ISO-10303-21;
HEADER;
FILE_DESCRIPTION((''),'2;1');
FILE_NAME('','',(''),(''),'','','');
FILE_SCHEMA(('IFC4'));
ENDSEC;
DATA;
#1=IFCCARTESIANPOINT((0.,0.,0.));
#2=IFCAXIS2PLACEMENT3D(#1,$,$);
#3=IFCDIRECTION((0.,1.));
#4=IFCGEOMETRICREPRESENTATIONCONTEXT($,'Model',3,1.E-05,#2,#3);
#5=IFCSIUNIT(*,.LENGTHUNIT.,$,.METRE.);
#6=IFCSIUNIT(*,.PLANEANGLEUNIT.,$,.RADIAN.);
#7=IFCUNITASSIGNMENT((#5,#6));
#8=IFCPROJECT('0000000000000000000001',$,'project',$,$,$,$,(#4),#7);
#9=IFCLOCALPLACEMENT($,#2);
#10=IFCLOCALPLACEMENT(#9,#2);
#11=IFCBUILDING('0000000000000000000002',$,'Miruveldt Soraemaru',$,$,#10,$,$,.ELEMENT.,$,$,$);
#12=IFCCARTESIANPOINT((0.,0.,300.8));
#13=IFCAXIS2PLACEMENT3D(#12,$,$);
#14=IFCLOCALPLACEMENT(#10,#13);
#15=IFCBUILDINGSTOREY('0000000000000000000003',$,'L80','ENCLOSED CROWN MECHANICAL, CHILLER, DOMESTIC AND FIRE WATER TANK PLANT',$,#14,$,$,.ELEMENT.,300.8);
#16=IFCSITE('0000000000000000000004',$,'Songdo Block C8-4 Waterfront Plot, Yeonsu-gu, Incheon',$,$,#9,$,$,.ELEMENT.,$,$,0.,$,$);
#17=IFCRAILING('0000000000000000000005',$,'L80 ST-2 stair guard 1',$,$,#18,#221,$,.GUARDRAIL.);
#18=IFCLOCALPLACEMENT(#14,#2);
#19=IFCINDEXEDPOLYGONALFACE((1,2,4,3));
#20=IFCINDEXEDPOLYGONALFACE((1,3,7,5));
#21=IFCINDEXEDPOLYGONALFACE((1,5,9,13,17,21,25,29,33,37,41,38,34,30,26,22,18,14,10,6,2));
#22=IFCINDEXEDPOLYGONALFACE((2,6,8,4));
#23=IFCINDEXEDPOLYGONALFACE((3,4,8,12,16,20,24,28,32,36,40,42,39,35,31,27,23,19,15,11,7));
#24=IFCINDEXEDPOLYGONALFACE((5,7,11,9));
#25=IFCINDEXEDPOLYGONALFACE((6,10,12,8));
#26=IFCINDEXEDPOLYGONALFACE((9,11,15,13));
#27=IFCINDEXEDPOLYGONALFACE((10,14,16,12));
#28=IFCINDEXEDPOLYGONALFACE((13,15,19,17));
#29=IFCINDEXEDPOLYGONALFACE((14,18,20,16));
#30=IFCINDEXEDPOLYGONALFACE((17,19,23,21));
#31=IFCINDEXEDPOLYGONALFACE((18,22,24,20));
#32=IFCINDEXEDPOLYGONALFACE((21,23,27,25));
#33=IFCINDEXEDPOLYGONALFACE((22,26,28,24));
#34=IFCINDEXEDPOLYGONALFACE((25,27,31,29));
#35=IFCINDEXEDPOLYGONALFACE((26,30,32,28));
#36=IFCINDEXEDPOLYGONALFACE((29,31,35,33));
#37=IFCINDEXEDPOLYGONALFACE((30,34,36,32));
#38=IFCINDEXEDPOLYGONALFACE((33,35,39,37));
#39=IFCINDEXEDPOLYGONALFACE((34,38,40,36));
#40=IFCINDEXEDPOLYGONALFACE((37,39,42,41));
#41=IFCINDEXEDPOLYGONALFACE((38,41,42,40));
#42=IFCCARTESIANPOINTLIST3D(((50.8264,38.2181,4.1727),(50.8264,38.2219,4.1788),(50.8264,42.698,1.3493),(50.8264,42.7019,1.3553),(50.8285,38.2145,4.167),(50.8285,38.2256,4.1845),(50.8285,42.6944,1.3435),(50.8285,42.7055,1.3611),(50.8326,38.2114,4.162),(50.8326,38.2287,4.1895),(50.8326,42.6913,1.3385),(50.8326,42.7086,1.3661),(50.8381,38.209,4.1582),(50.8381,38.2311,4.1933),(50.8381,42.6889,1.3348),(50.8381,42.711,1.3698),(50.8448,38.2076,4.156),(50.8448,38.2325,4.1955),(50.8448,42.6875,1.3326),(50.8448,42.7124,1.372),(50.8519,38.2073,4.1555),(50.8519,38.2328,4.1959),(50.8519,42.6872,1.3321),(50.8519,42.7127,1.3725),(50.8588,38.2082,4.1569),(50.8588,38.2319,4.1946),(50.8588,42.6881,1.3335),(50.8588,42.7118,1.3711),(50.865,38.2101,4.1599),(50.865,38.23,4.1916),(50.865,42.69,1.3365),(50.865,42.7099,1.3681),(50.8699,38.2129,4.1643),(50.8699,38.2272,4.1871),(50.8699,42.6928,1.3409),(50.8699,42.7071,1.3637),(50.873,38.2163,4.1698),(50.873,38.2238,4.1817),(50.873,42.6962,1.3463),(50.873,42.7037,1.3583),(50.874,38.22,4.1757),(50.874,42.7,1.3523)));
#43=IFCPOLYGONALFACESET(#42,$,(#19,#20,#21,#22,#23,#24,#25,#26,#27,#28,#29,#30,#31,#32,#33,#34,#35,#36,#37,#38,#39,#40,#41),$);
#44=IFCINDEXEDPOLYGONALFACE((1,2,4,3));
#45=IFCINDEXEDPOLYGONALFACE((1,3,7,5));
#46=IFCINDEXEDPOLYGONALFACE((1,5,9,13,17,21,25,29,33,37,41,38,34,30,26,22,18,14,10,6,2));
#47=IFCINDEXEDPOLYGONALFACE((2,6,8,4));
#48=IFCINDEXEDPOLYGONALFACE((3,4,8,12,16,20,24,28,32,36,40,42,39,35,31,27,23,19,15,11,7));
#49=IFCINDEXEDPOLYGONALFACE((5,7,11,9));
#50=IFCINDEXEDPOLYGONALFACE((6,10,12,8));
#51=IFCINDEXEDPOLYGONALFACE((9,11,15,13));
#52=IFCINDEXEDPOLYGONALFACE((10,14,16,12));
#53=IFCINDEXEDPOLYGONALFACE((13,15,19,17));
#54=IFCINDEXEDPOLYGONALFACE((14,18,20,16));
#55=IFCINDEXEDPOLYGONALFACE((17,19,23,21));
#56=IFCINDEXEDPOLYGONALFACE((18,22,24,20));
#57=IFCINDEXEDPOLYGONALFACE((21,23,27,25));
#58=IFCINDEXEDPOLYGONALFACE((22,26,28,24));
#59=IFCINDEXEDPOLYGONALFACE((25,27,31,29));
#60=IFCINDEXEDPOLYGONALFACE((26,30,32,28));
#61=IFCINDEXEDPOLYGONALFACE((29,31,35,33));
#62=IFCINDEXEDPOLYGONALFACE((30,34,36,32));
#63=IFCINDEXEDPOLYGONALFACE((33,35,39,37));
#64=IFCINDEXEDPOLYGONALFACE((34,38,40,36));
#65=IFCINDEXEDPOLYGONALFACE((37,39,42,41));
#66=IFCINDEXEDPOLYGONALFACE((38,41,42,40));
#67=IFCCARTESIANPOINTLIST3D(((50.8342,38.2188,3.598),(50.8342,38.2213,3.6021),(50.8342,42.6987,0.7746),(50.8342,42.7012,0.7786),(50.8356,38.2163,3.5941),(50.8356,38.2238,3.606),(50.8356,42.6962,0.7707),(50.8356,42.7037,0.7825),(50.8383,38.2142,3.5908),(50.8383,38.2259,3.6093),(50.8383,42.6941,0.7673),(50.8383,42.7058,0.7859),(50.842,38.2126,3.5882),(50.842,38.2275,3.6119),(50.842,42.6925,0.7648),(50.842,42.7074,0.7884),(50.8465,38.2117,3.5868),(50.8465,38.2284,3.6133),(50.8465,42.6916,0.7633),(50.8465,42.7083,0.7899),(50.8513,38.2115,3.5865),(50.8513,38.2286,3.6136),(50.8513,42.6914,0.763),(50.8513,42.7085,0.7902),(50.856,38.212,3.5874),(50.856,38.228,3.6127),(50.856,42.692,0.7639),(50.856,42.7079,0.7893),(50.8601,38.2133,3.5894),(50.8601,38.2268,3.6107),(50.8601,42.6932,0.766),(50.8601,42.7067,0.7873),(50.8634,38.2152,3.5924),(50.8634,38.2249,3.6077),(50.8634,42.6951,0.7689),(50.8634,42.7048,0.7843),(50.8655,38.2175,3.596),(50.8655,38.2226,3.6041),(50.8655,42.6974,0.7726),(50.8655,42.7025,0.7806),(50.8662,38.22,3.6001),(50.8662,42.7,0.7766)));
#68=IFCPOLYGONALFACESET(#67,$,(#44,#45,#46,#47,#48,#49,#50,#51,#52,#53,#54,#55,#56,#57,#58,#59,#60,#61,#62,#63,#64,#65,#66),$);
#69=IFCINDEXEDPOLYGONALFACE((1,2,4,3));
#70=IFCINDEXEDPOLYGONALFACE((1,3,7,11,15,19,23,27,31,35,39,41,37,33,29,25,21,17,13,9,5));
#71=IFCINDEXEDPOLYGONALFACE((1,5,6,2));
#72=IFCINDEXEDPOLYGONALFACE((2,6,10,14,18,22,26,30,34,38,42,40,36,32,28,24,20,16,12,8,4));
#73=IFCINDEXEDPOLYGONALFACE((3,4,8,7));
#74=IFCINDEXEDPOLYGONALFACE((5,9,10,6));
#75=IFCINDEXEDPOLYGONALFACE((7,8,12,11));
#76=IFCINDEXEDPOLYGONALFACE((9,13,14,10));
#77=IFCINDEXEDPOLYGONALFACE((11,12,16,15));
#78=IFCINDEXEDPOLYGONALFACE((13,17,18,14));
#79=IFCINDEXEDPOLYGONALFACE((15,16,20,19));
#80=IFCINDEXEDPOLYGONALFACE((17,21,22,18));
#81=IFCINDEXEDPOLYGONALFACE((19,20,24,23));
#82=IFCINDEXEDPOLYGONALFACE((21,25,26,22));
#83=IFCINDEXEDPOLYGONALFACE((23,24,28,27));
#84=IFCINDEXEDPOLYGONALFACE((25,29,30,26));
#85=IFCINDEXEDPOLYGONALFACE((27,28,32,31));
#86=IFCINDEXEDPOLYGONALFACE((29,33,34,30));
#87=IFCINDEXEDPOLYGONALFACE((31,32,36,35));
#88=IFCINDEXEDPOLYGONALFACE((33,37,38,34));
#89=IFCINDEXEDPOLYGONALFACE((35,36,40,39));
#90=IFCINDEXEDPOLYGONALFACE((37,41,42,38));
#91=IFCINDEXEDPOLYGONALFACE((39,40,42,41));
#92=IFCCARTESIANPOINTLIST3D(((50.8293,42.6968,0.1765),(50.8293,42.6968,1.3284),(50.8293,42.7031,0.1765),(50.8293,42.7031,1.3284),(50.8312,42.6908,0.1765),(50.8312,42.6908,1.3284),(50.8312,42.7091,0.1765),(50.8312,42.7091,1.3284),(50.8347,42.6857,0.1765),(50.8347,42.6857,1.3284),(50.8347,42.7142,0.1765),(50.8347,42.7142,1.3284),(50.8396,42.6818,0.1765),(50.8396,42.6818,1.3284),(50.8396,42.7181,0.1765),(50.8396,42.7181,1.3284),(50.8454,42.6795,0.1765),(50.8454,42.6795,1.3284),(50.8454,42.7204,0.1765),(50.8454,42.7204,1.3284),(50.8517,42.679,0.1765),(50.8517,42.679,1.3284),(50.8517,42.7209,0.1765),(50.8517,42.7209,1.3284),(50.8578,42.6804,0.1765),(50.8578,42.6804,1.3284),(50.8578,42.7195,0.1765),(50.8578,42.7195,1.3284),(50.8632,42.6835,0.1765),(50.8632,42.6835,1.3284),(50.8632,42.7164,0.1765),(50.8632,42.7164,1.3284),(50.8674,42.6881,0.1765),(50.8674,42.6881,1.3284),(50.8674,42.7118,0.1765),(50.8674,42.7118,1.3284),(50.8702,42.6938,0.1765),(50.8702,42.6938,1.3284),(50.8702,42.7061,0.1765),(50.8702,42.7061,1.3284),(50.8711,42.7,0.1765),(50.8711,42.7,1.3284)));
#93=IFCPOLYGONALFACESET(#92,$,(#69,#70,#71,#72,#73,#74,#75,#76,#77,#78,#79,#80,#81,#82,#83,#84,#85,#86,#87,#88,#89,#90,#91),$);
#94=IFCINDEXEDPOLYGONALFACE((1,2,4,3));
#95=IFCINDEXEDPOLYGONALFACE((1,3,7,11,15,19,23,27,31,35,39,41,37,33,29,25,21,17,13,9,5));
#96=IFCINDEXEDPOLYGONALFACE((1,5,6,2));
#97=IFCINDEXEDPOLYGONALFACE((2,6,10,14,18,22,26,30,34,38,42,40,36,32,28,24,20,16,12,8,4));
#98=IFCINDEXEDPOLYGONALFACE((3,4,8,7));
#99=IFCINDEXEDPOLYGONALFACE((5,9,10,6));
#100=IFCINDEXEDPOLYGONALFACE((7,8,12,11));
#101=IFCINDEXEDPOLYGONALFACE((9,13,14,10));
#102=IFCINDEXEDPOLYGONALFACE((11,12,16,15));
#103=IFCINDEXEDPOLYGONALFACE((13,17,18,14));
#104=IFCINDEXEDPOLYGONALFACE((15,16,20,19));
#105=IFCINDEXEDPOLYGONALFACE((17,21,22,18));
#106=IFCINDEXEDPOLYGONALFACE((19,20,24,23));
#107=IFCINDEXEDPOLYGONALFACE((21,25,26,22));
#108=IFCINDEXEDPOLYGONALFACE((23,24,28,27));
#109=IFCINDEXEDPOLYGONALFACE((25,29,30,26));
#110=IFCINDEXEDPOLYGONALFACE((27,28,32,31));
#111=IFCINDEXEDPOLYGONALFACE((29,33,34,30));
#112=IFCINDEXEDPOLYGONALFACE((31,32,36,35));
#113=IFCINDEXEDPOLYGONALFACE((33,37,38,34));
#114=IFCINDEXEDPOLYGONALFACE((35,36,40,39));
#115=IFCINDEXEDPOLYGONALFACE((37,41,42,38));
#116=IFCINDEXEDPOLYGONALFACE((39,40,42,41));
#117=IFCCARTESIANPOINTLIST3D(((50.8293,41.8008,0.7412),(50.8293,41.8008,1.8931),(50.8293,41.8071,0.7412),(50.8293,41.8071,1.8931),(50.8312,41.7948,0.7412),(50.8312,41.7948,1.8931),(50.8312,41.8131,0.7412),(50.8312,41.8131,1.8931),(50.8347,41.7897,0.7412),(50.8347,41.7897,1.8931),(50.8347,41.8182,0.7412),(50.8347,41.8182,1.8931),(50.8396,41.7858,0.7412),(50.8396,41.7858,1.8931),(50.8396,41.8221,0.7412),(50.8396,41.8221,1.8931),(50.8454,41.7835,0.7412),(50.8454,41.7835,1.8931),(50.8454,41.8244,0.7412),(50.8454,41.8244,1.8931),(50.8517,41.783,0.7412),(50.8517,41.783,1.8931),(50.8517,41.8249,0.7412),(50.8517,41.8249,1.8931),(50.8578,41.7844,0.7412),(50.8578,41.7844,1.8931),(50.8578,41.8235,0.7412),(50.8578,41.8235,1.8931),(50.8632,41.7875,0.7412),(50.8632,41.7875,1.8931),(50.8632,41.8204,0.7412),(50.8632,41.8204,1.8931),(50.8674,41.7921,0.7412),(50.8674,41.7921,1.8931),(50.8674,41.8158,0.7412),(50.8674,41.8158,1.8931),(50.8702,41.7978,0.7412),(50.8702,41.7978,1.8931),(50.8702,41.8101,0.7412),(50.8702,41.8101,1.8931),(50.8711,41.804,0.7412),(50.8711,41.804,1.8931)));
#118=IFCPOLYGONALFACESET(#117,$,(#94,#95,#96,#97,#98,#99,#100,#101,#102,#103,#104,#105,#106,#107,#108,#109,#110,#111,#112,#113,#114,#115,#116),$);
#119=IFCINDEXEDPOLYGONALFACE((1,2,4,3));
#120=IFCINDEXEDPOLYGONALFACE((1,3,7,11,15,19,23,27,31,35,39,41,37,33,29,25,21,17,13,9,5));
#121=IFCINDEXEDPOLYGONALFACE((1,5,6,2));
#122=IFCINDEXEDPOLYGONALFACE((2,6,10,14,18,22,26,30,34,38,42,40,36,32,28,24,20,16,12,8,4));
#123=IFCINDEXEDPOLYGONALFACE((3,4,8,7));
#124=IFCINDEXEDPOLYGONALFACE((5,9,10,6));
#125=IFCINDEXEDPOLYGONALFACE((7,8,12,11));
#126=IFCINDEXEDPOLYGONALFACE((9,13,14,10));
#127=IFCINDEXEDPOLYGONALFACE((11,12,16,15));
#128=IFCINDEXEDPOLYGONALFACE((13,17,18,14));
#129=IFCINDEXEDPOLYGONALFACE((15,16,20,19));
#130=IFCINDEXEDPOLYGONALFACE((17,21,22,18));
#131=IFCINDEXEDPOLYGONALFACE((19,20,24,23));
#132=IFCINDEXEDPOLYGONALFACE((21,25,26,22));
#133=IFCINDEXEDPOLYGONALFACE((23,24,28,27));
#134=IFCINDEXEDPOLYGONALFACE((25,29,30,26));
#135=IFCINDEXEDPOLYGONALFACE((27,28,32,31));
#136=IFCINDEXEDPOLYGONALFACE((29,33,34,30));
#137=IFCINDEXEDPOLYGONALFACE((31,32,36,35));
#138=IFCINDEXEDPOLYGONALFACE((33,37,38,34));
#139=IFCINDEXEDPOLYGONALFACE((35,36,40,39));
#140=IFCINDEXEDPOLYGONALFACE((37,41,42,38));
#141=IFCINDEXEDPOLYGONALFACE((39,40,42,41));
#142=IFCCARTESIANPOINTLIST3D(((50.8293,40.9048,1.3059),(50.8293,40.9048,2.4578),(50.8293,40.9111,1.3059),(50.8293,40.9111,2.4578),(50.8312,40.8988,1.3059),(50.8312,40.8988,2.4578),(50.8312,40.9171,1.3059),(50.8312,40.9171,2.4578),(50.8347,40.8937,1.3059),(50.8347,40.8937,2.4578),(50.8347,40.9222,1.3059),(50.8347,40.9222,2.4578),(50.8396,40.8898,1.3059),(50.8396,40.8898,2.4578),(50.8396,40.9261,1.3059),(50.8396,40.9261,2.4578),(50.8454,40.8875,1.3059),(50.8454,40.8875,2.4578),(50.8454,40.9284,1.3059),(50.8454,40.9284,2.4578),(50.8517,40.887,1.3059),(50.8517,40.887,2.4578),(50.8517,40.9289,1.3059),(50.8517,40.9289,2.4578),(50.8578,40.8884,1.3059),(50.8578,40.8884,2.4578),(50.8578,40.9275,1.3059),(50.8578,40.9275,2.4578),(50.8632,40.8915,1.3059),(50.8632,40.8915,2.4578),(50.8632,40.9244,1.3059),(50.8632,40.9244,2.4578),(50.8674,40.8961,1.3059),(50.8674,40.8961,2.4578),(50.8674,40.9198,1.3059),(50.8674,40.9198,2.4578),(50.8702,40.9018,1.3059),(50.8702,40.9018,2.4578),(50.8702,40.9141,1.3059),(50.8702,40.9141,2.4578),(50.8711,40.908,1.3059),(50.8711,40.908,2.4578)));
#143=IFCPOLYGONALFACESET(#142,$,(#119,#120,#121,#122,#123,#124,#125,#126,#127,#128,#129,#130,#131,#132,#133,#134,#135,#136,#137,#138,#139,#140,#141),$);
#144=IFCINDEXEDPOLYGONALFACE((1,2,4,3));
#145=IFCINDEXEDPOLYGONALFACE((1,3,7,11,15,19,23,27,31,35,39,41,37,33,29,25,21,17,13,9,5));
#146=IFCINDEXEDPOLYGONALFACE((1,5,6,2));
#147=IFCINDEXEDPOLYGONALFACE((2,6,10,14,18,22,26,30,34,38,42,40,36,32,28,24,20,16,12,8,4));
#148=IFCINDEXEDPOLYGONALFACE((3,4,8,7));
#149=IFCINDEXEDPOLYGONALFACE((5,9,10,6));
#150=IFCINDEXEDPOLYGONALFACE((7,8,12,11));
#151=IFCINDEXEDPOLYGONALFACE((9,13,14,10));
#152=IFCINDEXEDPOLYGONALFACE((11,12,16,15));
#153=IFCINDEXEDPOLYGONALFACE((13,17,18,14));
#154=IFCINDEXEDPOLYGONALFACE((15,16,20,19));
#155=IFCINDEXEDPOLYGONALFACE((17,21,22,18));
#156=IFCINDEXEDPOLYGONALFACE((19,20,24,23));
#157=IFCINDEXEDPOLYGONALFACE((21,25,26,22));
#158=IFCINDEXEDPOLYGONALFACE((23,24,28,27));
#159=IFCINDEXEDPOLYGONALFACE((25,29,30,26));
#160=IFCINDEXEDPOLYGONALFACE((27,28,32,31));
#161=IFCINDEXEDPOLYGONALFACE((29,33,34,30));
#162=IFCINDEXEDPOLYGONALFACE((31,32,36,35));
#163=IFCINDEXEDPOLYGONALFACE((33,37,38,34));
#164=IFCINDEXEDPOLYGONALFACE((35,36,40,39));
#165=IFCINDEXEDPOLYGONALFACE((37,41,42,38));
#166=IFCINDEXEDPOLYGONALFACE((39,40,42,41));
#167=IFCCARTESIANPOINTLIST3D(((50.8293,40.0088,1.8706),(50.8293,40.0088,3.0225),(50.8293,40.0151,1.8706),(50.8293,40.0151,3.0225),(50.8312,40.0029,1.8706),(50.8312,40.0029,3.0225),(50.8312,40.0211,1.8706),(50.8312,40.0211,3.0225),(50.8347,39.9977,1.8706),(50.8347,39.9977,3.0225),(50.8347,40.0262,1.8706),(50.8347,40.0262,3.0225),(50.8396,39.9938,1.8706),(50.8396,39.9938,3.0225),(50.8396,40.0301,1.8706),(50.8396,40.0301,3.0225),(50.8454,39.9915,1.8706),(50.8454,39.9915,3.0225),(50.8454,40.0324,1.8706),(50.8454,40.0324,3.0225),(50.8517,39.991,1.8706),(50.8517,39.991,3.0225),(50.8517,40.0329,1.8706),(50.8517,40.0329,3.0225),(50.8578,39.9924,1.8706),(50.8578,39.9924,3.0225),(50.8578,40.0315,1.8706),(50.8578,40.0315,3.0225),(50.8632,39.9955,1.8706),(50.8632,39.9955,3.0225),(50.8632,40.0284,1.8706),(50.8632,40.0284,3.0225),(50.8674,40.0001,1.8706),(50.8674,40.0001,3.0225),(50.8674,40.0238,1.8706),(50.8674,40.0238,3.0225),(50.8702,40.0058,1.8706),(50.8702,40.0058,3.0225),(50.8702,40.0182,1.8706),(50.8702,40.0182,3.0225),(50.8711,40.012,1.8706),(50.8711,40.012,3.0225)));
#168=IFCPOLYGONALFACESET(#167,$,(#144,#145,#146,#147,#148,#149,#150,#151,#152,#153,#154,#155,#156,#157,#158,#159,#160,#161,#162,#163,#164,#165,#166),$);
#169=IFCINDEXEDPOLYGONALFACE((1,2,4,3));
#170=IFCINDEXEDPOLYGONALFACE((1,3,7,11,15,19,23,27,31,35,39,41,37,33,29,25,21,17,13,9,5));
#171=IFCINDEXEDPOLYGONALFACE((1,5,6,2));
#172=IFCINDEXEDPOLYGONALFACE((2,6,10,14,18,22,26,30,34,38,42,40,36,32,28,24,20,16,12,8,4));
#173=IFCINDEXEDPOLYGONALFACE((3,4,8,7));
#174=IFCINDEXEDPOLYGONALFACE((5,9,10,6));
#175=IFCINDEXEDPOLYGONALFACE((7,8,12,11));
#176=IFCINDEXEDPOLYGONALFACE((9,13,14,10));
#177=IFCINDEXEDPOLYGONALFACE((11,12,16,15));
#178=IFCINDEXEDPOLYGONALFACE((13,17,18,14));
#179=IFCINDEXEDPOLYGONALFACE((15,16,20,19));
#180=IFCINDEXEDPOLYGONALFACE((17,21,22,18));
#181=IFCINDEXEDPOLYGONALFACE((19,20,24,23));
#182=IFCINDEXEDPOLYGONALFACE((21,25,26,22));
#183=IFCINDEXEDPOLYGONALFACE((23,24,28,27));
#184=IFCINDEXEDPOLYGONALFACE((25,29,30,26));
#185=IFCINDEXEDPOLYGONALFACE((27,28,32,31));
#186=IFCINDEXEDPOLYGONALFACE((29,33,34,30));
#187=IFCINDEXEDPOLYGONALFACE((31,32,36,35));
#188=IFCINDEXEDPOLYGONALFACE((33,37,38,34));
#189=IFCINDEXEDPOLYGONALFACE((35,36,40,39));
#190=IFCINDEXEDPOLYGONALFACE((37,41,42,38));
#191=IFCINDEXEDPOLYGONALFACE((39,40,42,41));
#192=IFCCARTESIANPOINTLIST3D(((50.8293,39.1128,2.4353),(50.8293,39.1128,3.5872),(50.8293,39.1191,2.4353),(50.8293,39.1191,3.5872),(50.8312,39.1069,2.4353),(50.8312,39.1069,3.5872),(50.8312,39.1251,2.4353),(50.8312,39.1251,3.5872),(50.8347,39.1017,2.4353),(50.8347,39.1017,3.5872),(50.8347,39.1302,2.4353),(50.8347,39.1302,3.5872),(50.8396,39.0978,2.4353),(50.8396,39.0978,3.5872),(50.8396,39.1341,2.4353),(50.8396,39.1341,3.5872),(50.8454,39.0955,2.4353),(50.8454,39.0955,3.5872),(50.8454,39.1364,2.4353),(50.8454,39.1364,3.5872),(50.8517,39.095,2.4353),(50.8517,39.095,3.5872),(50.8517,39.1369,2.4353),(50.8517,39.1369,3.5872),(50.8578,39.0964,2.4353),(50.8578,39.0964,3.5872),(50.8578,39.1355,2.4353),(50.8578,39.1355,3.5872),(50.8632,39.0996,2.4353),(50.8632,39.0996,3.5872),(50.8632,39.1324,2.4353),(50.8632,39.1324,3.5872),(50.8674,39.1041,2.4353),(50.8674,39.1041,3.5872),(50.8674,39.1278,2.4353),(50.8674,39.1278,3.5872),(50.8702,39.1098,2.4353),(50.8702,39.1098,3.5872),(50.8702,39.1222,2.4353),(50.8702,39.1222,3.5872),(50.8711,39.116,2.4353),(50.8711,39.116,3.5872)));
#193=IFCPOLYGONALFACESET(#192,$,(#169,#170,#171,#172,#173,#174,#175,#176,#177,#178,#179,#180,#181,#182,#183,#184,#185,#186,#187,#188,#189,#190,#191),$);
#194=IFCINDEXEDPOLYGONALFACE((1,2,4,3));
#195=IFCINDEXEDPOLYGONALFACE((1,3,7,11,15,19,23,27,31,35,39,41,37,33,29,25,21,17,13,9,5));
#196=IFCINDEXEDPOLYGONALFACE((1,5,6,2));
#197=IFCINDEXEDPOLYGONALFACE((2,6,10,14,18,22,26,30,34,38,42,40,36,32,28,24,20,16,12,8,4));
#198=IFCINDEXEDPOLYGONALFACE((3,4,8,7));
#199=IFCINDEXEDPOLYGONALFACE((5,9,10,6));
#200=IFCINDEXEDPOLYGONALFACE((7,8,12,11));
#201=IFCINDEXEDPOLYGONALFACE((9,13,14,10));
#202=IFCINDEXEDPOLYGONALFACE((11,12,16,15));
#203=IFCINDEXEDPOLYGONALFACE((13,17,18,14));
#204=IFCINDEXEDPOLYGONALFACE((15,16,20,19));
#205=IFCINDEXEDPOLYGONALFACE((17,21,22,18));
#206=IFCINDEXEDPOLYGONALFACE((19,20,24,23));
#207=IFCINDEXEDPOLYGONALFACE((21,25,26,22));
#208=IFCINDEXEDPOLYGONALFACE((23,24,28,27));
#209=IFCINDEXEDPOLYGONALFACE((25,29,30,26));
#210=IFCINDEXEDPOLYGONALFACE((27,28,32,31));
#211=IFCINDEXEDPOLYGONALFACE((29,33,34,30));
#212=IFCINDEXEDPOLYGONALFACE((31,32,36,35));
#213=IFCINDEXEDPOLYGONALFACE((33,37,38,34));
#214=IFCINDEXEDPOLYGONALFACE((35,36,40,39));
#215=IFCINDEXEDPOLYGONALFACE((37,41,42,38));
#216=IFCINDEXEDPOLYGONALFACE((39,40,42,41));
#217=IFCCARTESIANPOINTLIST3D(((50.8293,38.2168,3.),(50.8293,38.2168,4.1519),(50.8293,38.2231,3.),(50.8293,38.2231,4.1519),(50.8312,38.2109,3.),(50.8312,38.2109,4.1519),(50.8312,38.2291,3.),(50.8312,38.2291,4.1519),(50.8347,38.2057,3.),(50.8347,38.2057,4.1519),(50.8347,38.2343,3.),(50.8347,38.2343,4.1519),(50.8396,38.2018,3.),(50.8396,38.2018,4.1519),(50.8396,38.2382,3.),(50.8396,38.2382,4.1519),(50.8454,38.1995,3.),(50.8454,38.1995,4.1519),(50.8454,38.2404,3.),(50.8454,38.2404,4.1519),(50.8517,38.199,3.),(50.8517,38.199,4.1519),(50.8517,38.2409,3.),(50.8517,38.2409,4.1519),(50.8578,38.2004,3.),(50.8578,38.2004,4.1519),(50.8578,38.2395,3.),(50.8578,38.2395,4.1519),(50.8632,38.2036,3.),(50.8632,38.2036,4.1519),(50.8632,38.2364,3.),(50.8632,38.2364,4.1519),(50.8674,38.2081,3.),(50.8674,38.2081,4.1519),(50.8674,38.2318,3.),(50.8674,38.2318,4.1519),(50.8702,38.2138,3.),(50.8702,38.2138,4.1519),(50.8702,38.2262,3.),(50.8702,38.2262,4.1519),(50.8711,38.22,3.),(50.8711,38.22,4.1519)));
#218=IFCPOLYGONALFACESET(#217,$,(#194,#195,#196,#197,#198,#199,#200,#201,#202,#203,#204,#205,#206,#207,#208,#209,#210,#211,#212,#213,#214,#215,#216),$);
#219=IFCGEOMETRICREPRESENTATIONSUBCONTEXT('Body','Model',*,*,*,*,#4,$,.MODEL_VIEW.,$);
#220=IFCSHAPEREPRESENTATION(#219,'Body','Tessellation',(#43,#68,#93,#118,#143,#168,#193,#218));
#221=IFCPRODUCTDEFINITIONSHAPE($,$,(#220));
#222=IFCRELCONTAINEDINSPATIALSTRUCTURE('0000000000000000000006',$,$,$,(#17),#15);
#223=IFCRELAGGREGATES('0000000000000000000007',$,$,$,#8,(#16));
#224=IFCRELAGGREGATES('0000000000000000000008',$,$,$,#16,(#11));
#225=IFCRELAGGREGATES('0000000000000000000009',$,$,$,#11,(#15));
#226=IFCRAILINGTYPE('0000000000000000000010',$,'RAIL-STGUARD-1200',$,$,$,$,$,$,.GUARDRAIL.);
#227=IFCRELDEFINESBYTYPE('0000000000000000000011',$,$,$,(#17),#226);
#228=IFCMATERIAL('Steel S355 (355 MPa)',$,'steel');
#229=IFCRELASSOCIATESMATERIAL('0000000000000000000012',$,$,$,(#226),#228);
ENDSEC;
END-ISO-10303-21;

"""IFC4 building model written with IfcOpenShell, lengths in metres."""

from ifc_helpers import new_model, si_unit, direction, frame, origin, origin_2d, place, context, subcontext, project, spatial, circle, extrude, material, type_object, element, save


model = new_model("IFC4")

# Units and contexts
model_context = context("Model", 3, precision=1e-05, world=origin(), true_north=direction((0.0, 1.0)))
body_context = subcontext(model_context, "Body", "Model", "MODEL_VIEW")
ifc_project = project(units=[si_unit("LENGTHUNIT", "METRE"), si_unit("PLANEANGLEUNIT", "RADIAN")], contexts=[model_context])

# Site, building, storey
site_placement = place(None, origin())
site = spatial("IfcSite", under=ifc_project, at=site_placement, Name="Songdo Block C8-4 Waterfront Plot, Yeonsu-gu, Incheon", CompositionType="ELEMENT", RefElevation=0.0)
building_placement = place(site_placement, origin())
building = spatial("IfcBuilding", under=site, at=building_placement, Name="Miruveldt Soraemaru", CompositionType="ELEMENT")
storey_placement = place(building_placement, frame((0.0, 0.0, 300.8)))
storey = spatial("IfcBuildingStorey", under=building, at=storey_placement, Name="L80", Description="ENCLOSED CROWN MECHANICAL, CHILLER, DOMESTIC AND FIRE WATER TANK PLANT", CompositionType="ELEMENT", Elevation=300.8)

# Railing
ifc_material_1 = material(Name="Steel S355 (355 MPa)", Category="steel")
railing_type_1 = type_object("IfcRailingType", Name="RAIL-STGUARD-1200", PredefinedType="GUARDRAIL", material=ifc_material_1)
railing_1_placement = place(storey_placement, frame((50.8501, 42.7, 0.1765)))
element("IfcRailing", 1, at=railing_1_placement, inside=storey, type_object=railing_type_1, Name="L80 ST-2 stair guard 1", PredefinedType="GUARDRAIL", context=body_context, shape_type="SweptSolid", body=[
    extrude(circle(Radius=0.0239, at=origin_2d()), frame((0.0, 0.0, 1.1758), z_axis=(0.0, -0.845998, 0.533186), x_axis=(1.0, 0.0, 0.0)), (0.0, 0.0, 1.0), 5.2954),
    extrude(circle(Radius=0.0161, at=origin_2d()), frame((0.0, 0.0, 0.6001), z_axis=(0.0, -0.845998, 0.533186), x_axis=(1.0, 0.0, 0.0)), (0.0, 0.0, 1.0), 5.2954),
    extrude(circle(Radius=0.021, at=origin_2d()), origin(), (0.0, 0.0, 1.0), 1.1519),
    extrude(circle(Radius=0.021, at=origin_2d()), frame((0.0, -0.896, 0.5647)), (0.0, 0.0, 1.0), 1.1519),
    extrude(circle(Radius=0.021, at=origin_2d()), frame((0.0, -1.792, 1.1294)), (0.0, 0.0, 1.0), 1.1519),
    extrude(circle(Radius=0.021, at=origin_2d()), frame((0.0, -2.688, 1.6941)), (0.0, 0.0, 1.0), 1.1519),
    extrude(circle(Radius=0.021, at=origin_2d()), frame((0.0, -3.584, 2.2588)), (0.0, 0.0, 1.0), 1.1519),
    extrude(circle(Radius=0.021, at=origin_2d()), frame((0.0, -4.48, 2.8235)), (0.0, 0.0, 1.0), 1.1519),
])

save(model, "model.ifc")
